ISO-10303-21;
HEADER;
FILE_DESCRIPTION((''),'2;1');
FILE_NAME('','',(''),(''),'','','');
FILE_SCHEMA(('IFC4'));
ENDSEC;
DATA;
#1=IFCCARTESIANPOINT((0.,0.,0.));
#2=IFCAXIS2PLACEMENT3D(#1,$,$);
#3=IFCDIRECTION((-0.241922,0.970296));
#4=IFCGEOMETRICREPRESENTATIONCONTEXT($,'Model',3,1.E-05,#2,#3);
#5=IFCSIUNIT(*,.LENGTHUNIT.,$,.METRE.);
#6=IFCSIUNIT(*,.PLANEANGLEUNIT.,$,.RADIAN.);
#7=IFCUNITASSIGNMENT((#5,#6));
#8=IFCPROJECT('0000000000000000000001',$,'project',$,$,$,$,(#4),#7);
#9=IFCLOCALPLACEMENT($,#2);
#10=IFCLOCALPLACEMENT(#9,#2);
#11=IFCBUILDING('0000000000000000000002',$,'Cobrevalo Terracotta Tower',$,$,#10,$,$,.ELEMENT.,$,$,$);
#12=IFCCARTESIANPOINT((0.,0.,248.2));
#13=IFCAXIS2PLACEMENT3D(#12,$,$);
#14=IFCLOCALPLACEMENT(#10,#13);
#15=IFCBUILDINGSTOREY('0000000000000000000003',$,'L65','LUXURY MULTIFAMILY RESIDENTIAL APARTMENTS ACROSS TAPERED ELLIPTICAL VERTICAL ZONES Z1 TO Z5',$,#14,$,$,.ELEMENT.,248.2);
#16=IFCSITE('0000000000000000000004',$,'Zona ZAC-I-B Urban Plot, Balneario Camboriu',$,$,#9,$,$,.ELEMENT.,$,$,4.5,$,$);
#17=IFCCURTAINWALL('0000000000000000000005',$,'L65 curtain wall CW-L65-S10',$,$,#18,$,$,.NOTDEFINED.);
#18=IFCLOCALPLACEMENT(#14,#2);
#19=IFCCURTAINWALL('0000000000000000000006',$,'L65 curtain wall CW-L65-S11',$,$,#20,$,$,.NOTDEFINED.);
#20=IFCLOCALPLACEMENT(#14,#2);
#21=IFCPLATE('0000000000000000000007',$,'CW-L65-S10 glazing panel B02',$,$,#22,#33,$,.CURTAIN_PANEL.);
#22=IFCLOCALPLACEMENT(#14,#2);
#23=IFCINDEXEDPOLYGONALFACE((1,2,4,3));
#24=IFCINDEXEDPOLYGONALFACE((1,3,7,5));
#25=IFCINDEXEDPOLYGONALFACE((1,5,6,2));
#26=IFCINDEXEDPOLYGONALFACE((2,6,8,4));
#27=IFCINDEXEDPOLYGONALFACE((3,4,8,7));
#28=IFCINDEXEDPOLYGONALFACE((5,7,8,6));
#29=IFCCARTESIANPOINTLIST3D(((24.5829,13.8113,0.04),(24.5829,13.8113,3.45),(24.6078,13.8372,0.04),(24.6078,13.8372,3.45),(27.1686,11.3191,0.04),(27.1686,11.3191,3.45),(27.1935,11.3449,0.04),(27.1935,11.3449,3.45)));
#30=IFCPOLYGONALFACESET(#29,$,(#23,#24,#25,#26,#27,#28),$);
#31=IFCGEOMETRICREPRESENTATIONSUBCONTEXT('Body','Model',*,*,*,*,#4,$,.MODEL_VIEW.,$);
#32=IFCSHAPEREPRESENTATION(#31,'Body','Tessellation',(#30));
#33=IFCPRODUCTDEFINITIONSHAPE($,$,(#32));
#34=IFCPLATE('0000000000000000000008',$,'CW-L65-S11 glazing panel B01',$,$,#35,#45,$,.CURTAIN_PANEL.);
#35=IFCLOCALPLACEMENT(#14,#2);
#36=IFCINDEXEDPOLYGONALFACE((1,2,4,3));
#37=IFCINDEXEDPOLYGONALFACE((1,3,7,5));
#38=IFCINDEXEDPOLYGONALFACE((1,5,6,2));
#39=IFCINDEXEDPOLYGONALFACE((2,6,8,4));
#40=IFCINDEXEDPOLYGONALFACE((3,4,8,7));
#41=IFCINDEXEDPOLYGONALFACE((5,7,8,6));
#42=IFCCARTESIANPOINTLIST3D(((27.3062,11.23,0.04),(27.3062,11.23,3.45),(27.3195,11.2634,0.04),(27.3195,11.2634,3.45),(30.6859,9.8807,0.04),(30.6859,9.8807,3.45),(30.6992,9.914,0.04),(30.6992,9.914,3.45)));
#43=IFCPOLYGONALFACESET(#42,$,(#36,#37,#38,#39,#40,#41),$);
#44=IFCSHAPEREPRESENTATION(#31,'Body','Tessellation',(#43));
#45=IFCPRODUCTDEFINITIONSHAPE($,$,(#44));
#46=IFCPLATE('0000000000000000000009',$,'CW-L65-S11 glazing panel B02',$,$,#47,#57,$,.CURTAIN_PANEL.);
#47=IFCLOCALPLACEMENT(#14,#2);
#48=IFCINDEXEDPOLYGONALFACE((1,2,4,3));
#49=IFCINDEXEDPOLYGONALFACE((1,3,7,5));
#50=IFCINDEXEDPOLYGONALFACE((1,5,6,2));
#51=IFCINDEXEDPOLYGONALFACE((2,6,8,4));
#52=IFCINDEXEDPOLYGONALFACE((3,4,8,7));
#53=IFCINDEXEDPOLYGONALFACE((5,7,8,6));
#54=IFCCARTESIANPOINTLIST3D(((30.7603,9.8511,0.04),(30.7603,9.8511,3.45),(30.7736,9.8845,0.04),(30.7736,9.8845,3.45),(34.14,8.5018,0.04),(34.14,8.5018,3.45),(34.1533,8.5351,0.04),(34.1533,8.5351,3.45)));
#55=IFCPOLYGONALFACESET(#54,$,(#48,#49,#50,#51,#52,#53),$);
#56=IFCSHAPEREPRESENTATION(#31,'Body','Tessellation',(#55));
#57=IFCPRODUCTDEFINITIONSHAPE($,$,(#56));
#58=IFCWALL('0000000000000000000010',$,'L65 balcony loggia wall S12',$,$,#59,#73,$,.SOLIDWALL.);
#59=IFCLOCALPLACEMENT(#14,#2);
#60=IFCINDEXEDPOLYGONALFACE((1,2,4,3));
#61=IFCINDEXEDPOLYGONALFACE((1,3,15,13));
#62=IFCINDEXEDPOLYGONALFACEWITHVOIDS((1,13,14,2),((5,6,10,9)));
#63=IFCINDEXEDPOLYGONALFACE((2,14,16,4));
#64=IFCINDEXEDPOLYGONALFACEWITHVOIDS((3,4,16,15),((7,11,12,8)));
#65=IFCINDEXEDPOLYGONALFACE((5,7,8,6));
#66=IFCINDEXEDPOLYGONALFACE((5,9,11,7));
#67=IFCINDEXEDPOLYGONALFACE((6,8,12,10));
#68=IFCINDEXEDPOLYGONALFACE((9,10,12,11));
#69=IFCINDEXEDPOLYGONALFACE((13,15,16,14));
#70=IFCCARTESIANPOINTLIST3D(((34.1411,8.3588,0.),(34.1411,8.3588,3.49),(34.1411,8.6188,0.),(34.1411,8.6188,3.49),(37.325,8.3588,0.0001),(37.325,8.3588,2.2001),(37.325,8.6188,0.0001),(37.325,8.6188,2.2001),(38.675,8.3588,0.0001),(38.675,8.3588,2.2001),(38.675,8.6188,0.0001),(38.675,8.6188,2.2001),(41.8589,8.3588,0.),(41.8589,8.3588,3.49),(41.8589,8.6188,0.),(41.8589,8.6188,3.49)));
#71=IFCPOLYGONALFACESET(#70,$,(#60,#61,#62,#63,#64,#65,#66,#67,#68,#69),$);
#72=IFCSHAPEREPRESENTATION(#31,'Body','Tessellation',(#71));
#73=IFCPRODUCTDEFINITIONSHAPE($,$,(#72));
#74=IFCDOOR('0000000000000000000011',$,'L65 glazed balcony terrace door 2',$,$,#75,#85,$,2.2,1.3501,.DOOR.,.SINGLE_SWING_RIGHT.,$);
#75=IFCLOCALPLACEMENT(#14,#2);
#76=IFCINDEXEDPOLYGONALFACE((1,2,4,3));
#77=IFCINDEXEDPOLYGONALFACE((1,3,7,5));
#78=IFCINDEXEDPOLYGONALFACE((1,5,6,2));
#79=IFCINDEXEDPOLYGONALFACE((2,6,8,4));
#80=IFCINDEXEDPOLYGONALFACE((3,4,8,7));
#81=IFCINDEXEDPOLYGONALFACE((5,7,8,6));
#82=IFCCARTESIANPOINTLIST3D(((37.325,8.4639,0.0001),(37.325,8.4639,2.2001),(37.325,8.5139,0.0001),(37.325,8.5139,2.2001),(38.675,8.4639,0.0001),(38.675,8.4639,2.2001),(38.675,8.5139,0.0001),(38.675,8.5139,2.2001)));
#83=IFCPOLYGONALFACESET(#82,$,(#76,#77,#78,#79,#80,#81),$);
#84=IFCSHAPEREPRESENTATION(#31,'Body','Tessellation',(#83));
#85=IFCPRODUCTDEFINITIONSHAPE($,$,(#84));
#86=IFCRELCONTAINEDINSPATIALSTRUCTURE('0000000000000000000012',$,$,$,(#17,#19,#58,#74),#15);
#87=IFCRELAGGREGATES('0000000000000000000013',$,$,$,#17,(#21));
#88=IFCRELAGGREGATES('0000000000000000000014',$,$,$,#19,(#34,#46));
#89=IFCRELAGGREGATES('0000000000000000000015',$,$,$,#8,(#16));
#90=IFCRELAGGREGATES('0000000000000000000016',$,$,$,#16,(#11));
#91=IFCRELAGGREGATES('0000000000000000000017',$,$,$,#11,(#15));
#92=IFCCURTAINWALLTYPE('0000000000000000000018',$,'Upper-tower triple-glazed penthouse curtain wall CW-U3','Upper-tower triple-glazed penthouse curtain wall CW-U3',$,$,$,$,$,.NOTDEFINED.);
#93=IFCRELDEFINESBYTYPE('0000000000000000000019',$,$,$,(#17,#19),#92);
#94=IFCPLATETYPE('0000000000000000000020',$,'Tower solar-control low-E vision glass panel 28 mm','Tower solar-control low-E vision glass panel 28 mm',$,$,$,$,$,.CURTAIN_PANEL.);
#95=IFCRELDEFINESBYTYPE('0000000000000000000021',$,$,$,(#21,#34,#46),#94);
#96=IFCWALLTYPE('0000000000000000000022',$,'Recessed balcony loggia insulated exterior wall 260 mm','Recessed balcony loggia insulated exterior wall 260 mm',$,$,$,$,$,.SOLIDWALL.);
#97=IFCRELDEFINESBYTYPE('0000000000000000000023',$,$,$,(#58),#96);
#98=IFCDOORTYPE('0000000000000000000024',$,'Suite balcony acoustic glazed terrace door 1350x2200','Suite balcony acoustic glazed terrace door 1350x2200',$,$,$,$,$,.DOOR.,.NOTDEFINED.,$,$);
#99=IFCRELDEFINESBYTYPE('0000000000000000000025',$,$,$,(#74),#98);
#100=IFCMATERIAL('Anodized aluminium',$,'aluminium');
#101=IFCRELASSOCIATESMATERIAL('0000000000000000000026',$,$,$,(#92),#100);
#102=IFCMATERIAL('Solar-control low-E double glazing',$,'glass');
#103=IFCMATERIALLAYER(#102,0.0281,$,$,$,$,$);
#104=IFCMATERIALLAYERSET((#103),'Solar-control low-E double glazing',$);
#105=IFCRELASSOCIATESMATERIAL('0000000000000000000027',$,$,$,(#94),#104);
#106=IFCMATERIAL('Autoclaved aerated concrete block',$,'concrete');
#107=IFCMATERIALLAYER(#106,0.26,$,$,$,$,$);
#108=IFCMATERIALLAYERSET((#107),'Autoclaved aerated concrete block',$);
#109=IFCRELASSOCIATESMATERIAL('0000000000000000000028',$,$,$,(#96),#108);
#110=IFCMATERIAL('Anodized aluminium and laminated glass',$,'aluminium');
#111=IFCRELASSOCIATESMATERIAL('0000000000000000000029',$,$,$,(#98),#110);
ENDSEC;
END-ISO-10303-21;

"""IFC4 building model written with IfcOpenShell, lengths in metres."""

from ifc_helpers import new_model, si_unit, direction, frame, frame_2d, origin, origin_2d, place, context, subcontext, project, spatial, rectangle, extrude, source, transform, mapped, material, layer, layer_set, type_object, element, fill, aggregate, save


model = new_model("IFC4")

# Units and contexts
model_context = context("Model", 3, precision=1e-05, world=origin(), true_north=direction((-0.241922, 0.970296)))
body_context = subcontext(model_context, "Body", "Model", "MODEL_VIEW")
ifc_project = project(units=[si_unit("LENGTHUNIT", "METRE"), si_unit("PLANEANGLEUNIT", "RADIAN")], contexts=[model_context])

# Site, building, storey
site_placement = place(None, origin())
site = spatial("IfcSite", under=ifc_project, at=site_placement, Name="Zona ZAC-I-B Urban Plot, Balneario Camboriu", CompositionType="ELEMENT", RefElevation=4.5)
building_placement = place(site_placement, origin())
building = spatial("IfcBuilding", under=site, at=building_placement, Name="Cobrevalo Terracotta Tower", CompositionType="ELEMENT")
storey_placement = place(building_placement, frame((0.0, 0.0, 248.2)))
storey = spatial("IfcBuildingStorey", under=building, at=storey_placement, Name="L65", Description="LUXURY MULTIFAMILY RESIDENTIAL APARTMENTS ACROSS TAPERED ELLIPTICAL VERTICAL ZONES Z1 TO Z5", CompositionType="ELEMENT", Elevation=248.2)

# Curtain wall
ifc_material_1 = material(Name="Anodized aluminium", Category="aluminium")
curtain_wall_type = type_object("IfcCurtainWallType", Name="Upper-tower triple-glazed penthouse curtain wall CW-U3", Description="Upper-tower triple-glazed penthouse curtain wall CW-U3", PredefinedType="NOTDEFINED", material=ifc_material_1)
curtain_wall_1_placement = place(storey_placement, origin())
curtain_wall_1 = element("IfcCurtainWall", 1, at=curtain_wall_1_placement, inside=storey, type_object=curtain_wall_type, Name="L65 curtain wall CW-L65-S10", PredefinedType="NOTDEFINED")

# Curtain wall
curtain_wall_2_placement = place(storey_placement, origin())
curtain_wall_2 = element("IfcCurtainWall", 2, at=curtain_wall_2_placement, inside=storey, type_object=curtain_wall_type, Name="L65 curtain wall CW-L65-S11", PredefinedType="NOTDEFINED")

# Plates
ifc_material_2 = material(Name="Solar-control low-E double glazing", Category="glass")
ifc_layer_1 = layer(ifc_material_2, 0.0281)
ifc_layer_set_1 = layer_set([ifc_layer_1], Name="Solar-control low-E double glazing")
plate_type = type_object("IfcPlateType", Name="Tower solar-control low-E vision glass panel 28 mm", Description="Tower solar-control low-E vision glass panel 28 mm", PredefinedType="CURTAIN_PANEL", material=ifc_layer_set_1)
shared_shape_1 = source(origin(), body_context, "Body", "SweptSolid", [
    extrude(rectangle(XDim=3.5913, YDim=0.0359, at=origin_2d()), origin(), (0.0, 0.0, 1.0), 3.4099),
])
plate_1_placement = place(storey_placement, frame((25.8882, 12.5781, 0.04), z_axis=(0.0, 0.0, 1.0), x_axis=(0.719997, -0.693978, 0.0)))
plate_1 = element("IfcPlate", 3, at=plate_1_placement, type_object=plate_type, Name="CW-L65-S10 glazing panel B02", PredefinedType="CURTAIN_PANEL", context=body_context, shape_type="MappedRepresentation", body=[
    mapped(shared_shape_1, transform((0.0, 0.0, 0.0), scale=1.0)),
])
aggregate(curtain_wall_1, [plate_1])
shared_shape_2 = source(origin(), body_context, "Body", "SweptSolid", [
    extrude(rectangle(XDim=3.6392, YDim=0.0359, at=origin_2d()), origin(), (0.0, 0.0, 1.0), 3.4099),
])
plate_2_placement = place(storey_placement, frame((29.0027, 10.572, 0.04), z_axis=(0.0, 0.0, 1.0), x_axis=(0.928718, -0.370786, 0.0)))
plate_2 = element("IfcPlate", 4, at=plate_2_placement, type_object=plate_type, Name="CW-L65-S11 glazing panel B01", PredefinedType="CURTAIN_PANEL", context=body_context, shape_type="MappedRepresentation", body=[
    mapped(shared_shape_2, transform((0.0, 0.0, 0.0), scale=1.0)),
])
plate_3_placement = place(storey_placement, frame((32.4568, 9.1931, 0.04), z_axis=(0.0, 0.0, 1.0), x_axis=(0.928718, -0.370786, 0.0)))
plate_3 = element("IfcPlate", 5, at=plate_3_placement, type_object=plate_type, Name="CW-L65-S11 glazing panel B02", PredefinedType="CURTAIN_PANEL", context=body_context, shape_type="MappedRepresentation", body=[
    mapped(shared_shape_2, transform((0.0, 0.0, 0.0), scale=1.0)),
])
aggregate(curtain_wall_2, [plate_2, plate_3])

# Wall, opening, door
ifc_material_3 = material(Name="Autoclaved aerated concrete block", Category="concrete")
ifc_layer_2 = layer(ifc_material_3, 0.26)
ifc_layer_set_2 = layer_set([ifc_layer_2], Name="Autoclaved aerated concrete block")
wall_type = type_object("IfcWallType", Name="Recessed balcony loggia insulated exterior wall 260 mm", Description="Recessed balcony loggia insulated exterior wall 260 mm", PredefinedType="SOLIDWALL", material=ifc_layer_set_2)
wall_placement = place(storey_placement, frame((34.1411, 8.4888, 0.0), z_axis=(0.0, 0.0, 1.0), x_axis=(1.0, 0.0, 0.0)))
wall = element("IfcWall", 6, at=wall_placement, inside=storey, type_object=wall_type, Name="L65 balcony loggia wall S12", PredefinedType="SOLIDWALL", context=body_context, shape_type="SweptSolid", body=[
    extrude(rectangle(XDim=7.7178, YDim=0.26, at=frame_2d((3.8589, 0.0))), origin(), (0.0, 0.0, 1.0), 3.49),
])
opening_placement = place(wall_placement, frame((3.1838, 0.0, 0.0)))
opening = element("IfcOpeningElement", 7, at=opening_placement, cuts=wall, PredefinedType="OPENING", context=body_context, shape_type="SweptSolid", body=[
    extrude(rectangle(XDim=1.3501, YDim=2.2, at=frame_2d((0.675, 1.1001))), frame((0.0, 0.1401, 0.0), z_axis=(0.0, -1.0, 0.0), x_axis=(1.0, 0.0, 0.0)), (0.0, 0.0, 1.0), 0.28),
])
ifc_material_4 = material(Name="Anodized aluminium and laminated glass", Category="aluminium")
door_type = type_object("IfcDoorType", Name="Suite balcony acoustic glazed terrace door 1350x2200", Description="Suite balcony acoustic glazed terrace door 1350x2200", OperationType="NOTDEFINED", PredefinedType="DOOR", material=ifc_material_4)
shared_shape_3 = source(origin(), body_context, "Body", "SweptSolid", [
    extrude(rectangle(XDim=1.3501, YDim=2.2, at=frame_2d((0.675, 1.1001))), frame((0.0, 0.0249, 0.0), z_axis=(0.0, -1.0, 0.0), x_axis=(1.0, 0.0, 0.0)), (0.0, 0.0, 1.0), 0.05),
])
door_placement = place(opening_placement, frame((1.3501, 0.0, 0.0), z_axis=(0.0, 0.0, 1.0), x_axis=(-1.0, 0.0, 0.0)))
door = element("IfcDoor", 8, at=door_placement, inside=storey, type_object=door_type, Name="L65 glazed balcony terrace door 2", OperationType="SINGLE_SWING_RIGHT", OverallHeight=2.2, OverallWidth=1.3501, PredefinedType="DOOR", context=body_context, shape_type="MappedRepresentation", body=[
    mapped(shared_shape_3, transform((0.0, 0.0, 0.0), scale=1.0)),
])
fill(opening, door)

save(model, "model.ifc")
